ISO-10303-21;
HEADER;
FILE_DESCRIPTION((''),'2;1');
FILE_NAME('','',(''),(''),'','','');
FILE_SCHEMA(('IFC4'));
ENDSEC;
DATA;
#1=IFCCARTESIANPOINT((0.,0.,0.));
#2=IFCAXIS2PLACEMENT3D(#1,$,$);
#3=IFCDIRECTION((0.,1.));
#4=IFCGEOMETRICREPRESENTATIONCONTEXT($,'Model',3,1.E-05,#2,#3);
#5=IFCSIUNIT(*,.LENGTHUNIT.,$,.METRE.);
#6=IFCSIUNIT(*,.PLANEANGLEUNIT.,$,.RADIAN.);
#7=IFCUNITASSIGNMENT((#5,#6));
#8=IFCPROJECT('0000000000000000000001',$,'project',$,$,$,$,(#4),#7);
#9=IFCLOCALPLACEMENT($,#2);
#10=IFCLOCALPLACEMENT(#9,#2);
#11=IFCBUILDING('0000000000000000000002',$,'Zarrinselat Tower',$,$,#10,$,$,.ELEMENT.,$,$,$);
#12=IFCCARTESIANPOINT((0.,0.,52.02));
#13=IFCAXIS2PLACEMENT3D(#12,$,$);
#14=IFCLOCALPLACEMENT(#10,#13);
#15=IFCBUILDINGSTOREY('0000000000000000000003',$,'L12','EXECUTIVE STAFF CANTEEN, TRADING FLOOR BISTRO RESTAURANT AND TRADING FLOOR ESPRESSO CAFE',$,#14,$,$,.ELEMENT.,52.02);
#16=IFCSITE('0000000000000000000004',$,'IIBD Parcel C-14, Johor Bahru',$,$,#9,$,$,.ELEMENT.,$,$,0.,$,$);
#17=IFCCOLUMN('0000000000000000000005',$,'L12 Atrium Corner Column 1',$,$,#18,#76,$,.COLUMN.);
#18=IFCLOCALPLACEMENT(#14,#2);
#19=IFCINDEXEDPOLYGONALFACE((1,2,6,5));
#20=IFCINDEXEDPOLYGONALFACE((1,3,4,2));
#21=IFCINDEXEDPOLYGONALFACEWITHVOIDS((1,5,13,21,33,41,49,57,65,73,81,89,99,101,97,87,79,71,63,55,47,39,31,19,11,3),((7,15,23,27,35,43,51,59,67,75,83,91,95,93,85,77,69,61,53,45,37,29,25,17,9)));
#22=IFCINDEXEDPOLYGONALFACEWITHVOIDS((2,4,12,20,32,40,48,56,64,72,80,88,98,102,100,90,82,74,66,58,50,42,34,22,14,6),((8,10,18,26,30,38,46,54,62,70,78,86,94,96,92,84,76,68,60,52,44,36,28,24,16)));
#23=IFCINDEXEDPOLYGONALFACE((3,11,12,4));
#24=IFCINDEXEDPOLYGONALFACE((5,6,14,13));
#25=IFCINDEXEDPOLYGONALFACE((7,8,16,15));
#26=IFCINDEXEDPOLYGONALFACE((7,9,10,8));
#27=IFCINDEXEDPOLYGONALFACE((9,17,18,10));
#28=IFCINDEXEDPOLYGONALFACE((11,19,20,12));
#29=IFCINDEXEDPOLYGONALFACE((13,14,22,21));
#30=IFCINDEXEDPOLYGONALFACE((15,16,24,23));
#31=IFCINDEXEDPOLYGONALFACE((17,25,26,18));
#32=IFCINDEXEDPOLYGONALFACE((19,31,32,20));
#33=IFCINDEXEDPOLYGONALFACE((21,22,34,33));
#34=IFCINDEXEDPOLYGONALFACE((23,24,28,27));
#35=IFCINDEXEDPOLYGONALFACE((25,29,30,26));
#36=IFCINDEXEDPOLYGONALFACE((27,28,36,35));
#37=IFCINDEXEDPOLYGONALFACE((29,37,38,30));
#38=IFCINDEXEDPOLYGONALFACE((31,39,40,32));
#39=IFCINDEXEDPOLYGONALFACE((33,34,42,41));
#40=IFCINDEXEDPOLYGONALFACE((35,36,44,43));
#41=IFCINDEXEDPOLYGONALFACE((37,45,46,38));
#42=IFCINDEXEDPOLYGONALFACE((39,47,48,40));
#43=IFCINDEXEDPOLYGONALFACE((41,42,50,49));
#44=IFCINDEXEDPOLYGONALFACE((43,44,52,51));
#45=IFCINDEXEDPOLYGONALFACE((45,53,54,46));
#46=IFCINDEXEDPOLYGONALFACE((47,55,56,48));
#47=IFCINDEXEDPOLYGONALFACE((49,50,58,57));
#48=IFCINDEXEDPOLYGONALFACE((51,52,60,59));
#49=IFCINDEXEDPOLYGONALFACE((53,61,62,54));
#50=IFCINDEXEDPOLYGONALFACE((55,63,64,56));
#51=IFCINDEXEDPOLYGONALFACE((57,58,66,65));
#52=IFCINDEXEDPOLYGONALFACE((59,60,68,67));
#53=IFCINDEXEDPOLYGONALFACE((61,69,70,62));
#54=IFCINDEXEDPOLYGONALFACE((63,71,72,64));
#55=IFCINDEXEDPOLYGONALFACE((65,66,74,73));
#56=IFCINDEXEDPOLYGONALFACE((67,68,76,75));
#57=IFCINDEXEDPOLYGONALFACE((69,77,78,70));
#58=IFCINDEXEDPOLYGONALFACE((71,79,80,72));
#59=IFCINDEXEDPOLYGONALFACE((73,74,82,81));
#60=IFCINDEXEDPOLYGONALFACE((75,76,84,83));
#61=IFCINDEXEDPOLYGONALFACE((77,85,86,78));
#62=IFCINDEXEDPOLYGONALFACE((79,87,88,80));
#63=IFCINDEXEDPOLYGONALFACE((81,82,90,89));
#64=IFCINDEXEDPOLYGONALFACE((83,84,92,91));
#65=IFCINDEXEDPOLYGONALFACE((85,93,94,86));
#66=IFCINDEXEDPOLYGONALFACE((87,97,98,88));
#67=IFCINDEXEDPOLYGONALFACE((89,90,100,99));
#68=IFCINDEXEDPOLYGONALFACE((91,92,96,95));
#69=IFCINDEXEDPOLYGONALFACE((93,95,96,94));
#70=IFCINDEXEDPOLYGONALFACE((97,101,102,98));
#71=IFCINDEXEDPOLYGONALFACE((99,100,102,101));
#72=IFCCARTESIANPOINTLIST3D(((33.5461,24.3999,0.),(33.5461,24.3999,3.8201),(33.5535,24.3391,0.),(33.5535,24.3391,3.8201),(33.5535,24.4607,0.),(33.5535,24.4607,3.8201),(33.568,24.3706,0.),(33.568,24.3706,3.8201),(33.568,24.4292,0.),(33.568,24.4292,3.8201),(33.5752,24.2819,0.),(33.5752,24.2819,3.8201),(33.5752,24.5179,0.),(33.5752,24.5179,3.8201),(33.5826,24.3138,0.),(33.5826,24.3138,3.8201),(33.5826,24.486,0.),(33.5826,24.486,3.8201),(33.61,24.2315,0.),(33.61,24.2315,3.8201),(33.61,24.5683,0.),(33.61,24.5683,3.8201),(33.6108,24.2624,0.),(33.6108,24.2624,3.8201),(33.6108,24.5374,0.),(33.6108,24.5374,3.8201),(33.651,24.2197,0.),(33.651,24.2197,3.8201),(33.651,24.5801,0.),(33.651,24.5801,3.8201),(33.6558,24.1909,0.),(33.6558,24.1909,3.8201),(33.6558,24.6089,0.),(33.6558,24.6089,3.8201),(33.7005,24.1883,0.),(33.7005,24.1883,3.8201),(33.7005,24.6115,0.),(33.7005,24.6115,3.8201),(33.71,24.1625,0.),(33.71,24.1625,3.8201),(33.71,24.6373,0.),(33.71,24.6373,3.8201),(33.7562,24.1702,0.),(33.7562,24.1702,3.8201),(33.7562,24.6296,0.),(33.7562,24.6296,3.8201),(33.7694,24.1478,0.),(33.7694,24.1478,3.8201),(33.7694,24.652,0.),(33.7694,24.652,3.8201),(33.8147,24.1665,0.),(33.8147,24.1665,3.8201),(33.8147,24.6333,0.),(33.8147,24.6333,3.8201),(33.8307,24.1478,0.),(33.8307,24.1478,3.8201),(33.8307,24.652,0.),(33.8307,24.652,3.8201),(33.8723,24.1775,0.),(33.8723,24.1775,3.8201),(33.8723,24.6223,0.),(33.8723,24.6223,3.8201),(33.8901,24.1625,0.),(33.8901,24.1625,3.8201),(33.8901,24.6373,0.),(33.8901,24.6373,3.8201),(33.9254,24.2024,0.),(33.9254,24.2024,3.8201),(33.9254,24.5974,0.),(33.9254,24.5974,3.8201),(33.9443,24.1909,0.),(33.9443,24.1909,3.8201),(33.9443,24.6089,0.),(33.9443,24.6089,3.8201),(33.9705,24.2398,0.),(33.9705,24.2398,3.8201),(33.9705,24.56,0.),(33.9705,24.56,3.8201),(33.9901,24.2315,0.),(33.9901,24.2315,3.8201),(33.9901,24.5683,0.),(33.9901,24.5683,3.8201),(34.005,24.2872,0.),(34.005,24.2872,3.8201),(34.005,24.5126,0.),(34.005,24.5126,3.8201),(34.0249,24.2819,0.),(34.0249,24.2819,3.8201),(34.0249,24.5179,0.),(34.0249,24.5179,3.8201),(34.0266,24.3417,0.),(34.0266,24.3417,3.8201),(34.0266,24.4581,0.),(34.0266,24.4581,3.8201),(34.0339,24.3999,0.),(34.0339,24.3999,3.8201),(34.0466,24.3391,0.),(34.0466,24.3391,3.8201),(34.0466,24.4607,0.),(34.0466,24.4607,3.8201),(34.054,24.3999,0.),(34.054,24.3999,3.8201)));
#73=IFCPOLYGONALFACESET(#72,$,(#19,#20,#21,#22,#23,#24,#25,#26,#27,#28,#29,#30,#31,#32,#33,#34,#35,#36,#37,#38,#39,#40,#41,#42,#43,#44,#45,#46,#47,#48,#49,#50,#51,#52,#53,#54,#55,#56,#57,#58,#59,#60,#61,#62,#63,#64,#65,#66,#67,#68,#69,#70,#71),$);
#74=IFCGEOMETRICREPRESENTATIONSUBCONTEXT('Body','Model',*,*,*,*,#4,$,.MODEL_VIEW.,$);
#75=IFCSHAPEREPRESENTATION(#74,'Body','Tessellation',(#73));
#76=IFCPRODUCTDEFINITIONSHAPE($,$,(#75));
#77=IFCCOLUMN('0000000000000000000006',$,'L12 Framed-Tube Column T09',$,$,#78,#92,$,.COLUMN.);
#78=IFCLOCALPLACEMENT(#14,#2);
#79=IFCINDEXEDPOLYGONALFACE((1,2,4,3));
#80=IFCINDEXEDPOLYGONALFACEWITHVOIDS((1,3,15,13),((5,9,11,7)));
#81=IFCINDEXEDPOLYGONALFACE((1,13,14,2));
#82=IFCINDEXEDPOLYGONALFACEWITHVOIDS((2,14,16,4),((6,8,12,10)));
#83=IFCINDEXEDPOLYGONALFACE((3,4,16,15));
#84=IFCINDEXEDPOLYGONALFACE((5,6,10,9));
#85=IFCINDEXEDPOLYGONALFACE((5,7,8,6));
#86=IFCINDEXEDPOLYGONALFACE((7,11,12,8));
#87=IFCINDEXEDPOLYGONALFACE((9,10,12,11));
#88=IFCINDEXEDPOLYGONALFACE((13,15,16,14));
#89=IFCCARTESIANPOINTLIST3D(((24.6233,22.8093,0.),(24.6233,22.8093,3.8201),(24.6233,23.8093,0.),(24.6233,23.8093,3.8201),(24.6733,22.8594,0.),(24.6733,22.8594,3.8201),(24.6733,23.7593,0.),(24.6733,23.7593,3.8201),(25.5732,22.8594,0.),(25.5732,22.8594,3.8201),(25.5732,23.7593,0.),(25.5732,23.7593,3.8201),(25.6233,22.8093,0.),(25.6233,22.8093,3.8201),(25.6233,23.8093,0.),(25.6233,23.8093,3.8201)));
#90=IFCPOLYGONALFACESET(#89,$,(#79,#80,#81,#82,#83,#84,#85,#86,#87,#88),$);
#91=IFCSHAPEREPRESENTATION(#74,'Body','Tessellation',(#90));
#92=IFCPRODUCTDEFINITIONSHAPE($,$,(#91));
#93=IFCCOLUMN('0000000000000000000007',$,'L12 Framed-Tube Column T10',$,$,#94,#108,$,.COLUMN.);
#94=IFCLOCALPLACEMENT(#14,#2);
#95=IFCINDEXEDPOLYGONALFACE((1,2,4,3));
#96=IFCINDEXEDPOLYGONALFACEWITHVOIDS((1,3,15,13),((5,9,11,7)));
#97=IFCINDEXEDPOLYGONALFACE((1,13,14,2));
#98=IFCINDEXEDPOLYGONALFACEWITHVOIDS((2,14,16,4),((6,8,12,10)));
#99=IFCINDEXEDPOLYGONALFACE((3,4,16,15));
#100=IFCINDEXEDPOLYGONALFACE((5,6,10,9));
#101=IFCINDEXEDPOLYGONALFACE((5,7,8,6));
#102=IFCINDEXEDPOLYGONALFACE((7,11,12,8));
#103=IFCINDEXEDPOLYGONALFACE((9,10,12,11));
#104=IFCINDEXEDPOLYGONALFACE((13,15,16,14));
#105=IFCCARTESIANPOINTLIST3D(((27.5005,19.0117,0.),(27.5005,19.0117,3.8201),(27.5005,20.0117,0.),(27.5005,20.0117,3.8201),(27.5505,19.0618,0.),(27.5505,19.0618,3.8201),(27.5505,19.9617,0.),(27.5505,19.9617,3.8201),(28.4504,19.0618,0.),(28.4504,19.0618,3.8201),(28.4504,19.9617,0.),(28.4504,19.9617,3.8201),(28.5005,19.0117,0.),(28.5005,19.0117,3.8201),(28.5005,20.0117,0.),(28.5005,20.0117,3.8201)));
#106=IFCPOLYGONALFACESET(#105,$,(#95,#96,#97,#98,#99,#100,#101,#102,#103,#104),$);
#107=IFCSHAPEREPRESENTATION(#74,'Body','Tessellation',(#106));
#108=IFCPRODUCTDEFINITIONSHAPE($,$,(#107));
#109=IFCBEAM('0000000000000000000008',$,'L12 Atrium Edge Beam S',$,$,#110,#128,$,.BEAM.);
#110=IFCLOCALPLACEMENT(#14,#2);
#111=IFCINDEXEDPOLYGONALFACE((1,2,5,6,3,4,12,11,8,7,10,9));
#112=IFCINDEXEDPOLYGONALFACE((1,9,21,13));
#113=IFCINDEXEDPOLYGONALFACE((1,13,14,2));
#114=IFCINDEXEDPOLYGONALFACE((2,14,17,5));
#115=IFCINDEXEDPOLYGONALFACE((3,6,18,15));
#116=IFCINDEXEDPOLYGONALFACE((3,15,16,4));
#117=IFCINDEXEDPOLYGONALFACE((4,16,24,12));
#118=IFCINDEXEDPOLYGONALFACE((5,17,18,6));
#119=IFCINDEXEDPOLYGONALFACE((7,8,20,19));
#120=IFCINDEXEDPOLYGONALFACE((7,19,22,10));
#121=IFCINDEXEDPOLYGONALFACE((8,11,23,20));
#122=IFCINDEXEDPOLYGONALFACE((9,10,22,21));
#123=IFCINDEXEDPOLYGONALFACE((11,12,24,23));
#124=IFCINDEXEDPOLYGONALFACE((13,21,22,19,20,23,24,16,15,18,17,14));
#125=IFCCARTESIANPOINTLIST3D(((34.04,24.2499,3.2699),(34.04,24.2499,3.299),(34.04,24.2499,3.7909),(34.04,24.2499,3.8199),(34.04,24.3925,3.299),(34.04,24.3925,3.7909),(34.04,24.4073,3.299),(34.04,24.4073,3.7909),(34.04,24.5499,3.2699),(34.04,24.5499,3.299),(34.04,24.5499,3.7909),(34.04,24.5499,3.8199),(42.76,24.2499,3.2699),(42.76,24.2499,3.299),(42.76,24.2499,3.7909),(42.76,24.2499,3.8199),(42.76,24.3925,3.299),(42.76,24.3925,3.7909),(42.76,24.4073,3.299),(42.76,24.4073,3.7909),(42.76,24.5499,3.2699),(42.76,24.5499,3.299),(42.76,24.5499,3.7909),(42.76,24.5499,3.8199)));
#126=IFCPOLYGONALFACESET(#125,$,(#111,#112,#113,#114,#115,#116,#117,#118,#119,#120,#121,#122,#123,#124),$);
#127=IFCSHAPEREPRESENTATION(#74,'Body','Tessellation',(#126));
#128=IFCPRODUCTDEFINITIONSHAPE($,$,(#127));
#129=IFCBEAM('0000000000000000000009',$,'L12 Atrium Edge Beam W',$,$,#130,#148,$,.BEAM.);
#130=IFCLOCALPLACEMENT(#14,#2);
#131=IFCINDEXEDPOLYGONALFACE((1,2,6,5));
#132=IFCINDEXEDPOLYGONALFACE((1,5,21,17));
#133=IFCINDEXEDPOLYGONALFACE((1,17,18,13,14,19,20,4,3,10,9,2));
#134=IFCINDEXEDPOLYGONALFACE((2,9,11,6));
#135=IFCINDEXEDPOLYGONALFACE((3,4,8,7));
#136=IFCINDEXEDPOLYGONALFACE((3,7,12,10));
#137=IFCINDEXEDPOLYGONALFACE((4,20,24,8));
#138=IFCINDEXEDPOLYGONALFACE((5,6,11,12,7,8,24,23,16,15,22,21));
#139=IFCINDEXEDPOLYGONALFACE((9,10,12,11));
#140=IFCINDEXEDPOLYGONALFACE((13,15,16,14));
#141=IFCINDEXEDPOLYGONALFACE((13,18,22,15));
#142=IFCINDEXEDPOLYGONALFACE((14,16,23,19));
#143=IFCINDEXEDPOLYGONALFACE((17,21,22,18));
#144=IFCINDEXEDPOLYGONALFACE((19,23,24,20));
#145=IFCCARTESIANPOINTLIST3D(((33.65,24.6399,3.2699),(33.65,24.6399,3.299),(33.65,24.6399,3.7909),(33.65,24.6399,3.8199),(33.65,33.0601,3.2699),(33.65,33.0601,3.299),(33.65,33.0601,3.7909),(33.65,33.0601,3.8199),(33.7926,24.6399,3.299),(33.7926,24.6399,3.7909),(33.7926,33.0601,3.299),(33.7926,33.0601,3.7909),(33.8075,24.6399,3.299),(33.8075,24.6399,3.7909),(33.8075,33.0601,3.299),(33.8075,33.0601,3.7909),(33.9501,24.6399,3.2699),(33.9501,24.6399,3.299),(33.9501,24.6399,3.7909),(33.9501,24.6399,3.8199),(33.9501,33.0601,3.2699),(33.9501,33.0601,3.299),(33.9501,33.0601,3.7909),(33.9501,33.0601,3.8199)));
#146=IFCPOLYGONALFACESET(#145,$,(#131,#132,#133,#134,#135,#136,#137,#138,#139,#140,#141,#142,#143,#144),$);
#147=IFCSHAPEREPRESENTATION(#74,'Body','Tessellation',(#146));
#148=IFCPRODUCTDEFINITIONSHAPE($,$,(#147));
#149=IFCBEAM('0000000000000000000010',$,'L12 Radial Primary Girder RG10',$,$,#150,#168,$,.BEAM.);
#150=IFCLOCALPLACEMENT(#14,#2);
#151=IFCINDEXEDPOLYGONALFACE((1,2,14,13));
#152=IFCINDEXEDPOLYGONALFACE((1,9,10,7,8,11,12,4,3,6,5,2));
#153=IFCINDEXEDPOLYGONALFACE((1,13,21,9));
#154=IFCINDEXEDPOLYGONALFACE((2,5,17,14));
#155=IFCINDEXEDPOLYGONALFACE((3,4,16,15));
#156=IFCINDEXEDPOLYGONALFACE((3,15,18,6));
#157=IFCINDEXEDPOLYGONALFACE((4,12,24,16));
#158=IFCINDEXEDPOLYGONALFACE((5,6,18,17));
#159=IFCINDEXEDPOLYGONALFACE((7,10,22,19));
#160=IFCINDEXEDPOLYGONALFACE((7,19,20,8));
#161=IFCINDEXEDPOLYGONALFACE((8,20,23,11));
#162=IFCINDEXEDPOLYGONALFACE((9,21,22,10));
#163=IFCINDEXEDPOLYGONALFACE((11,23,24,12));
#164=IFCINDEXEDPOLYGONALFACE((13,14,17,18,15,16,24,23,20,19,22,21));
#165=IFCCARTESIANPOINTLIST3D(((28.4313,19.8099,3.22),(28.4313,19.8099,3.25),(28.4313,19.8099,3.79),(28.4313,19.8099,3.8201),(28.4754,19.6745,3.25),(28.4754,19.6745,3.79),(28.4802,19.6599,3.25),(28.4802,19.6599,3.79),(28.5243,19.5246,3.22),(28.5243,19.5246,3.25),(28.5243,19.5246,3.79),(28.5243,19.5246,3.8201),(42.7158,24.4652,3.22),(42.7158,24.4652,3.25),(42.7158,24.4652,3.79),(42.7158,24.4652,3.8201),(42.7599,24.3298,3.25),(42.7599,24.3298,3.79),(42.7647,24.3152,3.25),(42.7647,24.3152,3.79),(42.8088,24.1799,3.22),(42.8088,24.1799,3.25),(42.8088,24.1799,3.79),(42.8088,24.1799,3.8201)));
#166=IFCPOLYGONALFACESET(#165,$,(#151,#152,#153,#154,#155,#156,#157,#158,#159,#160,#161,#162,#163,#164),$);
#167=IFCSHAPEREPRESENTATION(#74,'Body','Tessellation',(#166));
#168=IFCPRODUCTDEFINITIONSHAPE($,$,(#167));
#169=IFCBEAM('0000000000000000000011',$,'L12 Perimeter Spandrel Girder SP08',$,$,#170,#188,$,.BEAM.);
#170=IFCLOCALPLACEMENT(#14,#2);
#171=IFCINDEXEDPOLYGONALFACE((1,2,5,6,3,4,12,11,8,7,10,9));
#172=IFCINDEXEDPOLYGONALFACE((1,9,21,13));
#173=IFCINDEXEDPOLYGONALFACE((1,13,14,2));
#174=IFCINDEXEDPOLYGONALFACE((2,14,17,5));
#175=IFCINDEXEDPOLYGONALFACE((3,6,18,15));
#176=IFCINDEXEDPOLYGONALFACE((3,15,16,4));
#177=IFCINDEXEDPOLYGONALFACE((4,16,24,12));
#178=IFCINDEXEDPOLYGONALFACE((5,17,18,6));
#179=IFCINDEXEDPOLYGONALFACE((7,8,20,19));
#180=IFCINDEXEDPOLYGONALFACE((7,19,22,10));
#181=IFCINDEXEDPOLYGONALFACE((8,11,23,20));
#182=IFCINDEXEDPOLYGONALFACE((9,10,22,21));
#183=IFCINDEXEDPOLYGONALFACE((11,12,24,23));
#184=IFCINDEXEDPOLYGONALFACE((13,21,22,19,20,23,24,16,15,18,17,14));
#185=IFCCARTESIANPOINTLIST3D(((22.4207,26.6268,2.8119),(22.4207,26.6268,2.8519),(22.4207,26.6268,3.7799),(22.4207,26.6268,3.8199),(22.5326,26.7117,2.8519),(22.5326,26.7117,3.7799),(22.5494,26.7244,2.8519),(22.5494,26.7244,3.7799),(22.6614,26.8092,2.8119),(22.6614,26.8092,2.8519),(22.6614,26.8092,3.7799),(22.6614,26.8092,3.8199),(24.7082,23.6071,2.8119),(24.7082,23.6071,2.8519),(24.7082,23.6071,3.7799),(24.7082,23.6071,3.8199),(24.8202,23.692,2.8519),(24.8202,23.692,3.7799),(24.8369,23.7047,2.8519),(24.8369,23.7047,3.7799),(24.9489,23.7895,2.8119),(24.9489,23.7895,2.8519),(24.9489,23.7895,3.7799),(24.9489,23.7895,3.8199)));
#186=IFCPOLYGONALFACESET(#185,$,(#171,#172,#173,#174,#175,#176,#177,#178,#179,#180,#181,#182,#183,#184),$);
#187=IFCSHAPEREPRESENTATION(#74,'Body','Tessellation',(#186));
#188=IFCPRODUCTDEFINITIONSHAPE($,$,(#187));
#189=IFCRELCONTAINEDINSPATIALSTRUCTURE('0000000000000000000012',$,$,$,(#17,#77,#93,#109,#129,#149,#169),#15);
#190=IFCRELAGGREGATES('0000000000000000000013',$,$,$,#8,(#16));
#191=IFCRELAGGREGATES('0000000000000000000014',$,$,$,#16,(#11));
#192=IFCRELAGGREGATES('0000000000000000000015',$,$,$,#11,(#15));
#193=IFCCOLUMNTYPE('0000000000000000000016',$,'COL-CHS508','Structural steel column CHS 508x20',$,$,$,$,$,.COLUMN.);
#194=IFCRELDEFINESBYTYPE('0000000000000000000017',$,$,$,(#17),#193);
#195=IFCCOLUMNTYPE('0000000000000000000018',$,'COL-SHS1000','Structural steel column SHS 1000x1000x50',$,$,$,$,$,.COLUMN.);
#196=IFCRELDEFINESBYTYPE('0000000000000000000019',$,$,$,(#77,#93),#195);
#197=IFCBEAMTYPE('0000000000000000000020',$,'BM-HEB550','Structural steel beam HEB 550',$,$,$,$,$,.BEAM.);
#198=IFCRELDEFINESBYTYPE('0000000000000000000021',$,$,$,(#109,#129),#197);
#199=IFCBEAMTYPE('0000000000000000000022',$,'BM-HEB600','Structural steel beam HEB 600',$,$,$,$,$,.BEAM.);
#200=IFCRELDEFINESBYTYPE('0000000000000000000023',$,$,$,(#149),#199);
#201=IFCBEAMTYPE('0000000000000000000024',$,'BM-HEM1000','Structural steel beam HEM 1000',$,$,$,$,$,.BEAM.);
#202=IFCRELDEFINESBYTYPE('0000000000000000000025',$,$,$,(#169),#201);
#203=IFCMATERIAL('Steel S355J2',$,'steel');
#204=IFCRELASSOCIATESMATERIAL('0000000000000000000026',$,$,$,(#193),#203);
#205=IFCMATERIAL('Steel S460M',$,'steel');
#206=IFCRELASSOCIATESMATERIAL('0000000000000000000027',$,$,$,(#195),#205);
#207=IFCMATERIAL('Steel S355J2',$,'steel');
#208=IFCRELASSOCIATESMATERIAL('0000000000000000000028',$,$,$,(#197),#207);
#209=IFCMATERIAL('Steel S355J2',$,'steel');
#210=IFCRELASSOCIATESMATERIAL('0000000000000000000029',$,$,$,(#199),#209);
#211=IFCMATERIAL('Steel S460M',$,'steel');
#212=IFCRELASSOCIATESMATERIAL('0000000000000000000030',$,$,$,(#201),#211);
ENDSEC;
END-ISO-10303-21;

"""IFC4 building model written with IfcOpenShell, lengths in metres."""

from ifc_helpers import new_model, si_unit, direction, frame, origin, origin_2d, place, context, subcontext, project, spatial, hollow_rectangle, hollow_circle, i_section, extrude, material, material_profile, profile_set, type_object, element, save


model = new_model("IFC4")

# Units and contexts
model_context = context("Model", 3, precision=1e-05, world=origin(), true_north=direction((0.0, 1.0)))
body_context = subcontext(model_context, "Body", "Model", "MODEL_VIEW")
ifc_project = project(units=[si_unit("LENGTHUNIT", "METRE"), si_unit("PLANEANGLEUNIT", "RADIAN")], contexts=[model_context])

# Site, building, storey
site_placement = place(None, origin())
site = spatial("IfcSite", under=ifc_project, at=site_placement, Name="IIBD Parcel C-14, Johor Bahru", CompositionType="ELEMENT", RefElevation=0.0)
building_placement = place(site_placement, origin())
building = spatial("IfcBuilding", under=site, at=building_placement, Name="Zarrinselat Tower", CompositionType="ELEMENT")
storey_placement = place(building_placement, frame((0.0, 0.0, 52.02)))
storey = spatial("IfcBuildingStorey", under=building, at=storey_placement, Name="L12", Description="EXECUTIVE STAFF CANTEEN, TRADING FLOOR BISTRO RESTAURANT AND TRADING FLOOR ESPRESSO CAFE", CompositionType="ELEMENT", Elevation=52.02)

# Columns
ifc_material_1 = material(Name="Steel S355J2", Category="steel")
ifc_material_profile_1 = material_profile(ifc_material_1, hollow_circle(Radius=0.2539, WallThickness=0.02, at=origin_2d()), Name="CHS 508x20")
ifc_profile_set_1 = profile_set([ifc_material_profile_1], Name="Steel S355J2")
column_type_1 = type_object("IfcColumnType", Name="COL-CHS508", Description="Structural steel column CHS 508x20", PredefinedType="COLUMN", material=ifc_profile_set_1)
column_placement = place(storey_placement, frame((33.8, 24.3999, 0.0), z_axis=(0.0, 0.0, 1.0), x_axis=(1.0, 0.0, 0.0)))
element("IfcColumn", 1, at=column_placement, inside=storey, type_object=column_type_1, Name="L12 Atrium Corner Column 1", PredefinedType="COLUMN", context=body_context, shape_type="SweptSolid", body=[
    extrude(hollow_circle(Radius=0.2539, WallThickness=0.02, at=origin_2d()), origin(), (0.0, 0.0, 1.0), 3.8201),
])
ifc_material_2 = material(Name="Steel S460M", Category="steel")
ifc_material_profile_2 = material_profile(ifc_material_2, hollow_rectangle(XDim=1.0, YDim=1.0, WallThickness=0.05, at=origin_2d()), Name="SHS 1000x1000x50")
ifc_profile_set_2 = profile_set([ifc_material_profile_2], Name="Steel S460M")
column_type_2 = type_object("IfcColumnType", Name="COL-SHS1000", Description="Structural steel column SHS 1000x1000x50", PredefinedType="COLUMN", material=ifc_profile_set_2)
for number, where, z_axis, x_axis, name in (
    (2, (25.1233, 23.3093, 0.0), (0.0, 0.0, 1.0), (1.0, 0.0, 0.0), "L12 Framed-Tube Column T09"),
    (3, (28.0005, 19.5117, 0.0), (0.0, 0.0, 1.0), (1.0, 0.0, 0.0), "L12 Framed-Tube Column T10"),
):
    element("IfcColumn", number, at=place(storey_placement, frame(where, z_axis=z_axis, x_axis=x_axis)), inside=storey, type_object=column_type_2, Name=name, PredefinedType="COLUMN", context=body_context, shape_type="SweptSolid", body=[
        extrude(hollow_rectangle(XDim=1.0, YDim=1.0, WallThickness=0.05, at=origin_2d()), origin(), (0.0, 0.0, 1.0), 3.8201),
    ])

# Beams
ifc_material_3 = material(Name="Steel S355J2", Category="steel")
ifc_material_profile_3 = material_profile(ifc_material_3, i_section(OverallWidth=0.3, OverallDepth=0.55, WebThickness=0.0149, FlangeThickness=0.0291, at=origin_2d()), Name="HEB 550")
ifc_profile_set_3 = profile_set([ifc_material_profile_3], Name="Steel S355J2")
beam_type_1 = type_object("IfcBeamType", Name="BM-HEB550", Description="Structural steel beam HEB 550", PredefinedType="BEAM", material=ifc_profile_set_3)
beam_1_placement = place(storey_placement, frame((34.04, 24.3999, 3.5449), z_axis=(1.0, 0.0, 0.0), x_axis=(0.0, 1.0, 0.0)))
element("IfcBeam", 4, at=beam_1_placement, inside=storey, type_object=beam_type_1, Name="L12 Atrium Edge Beam S", PredefinedType="BEAM", context=body_context, shape_type="SweptSolid", body=[
    extrude(i_section(OverallWidth=0.3, OverallDepth=0.55, WebThickness=0.0149, FlangeThickness=0.0291, at=origin_2d()), origin(), (0.0, 0.0, 1.0), 8.72),
])
beam_2_placement = place(storey_placement, frame((33.8, 24.6399, 3.5449), z_axis=(0.0, 1.0, 0.0), x_axis=(-1.0, 0.0, 0.0)))
element("IfcBeam", 5, at=beam_2_placement, inside=storey, type_object=beam_type_1, Name="L12 Atrium Edge Beam W", PredefinedType="BEAM", context=body_context, shape_type="SweptSolid", body=[
    extrude(i_section(OverallWidth=0.3, OverallDepth=0.55, WebThickness=0.0149, FlangeThickness=0.0291, at=origin_2d()), origin(), (0.0, 0.0, 1.0), 8.4202),
])
ifc_material_4 = material(Name="Steel S355J2", Category="steel")
ifc_material_profile_4 = material_profile(ifc_material_4, i_section(OverallWidth=0.3, OverallDepth=0.6001, WebThickness=0.0154, FlangeThickness=0.03, at=origin_2d()), Name="HEB 600")
ifc_profile_set_4 = profile_set([ifc_material_profile_4], Name="Steel S355J2")
beam_type_2 = type_object("IfcBeamType", Name="BM-HEB600", Description="Structural steel beam HEB 600", PredefinedType="BEAM", material=ifc_profile_set_4)
beam_3_placement = place(storey_placement, frame((28.4778, 19.6672, 3.52), z_axis=(0.950783, 0.309859, 0.0), x_axis=(-0.309859, 0.950783, 0.0)))
element("IfcBeam", 6, at=beam_3_placement, inside=storey, type_object=beam_type_2, Name="L12 Radial Primary Girder RG10", PredefinedType="BEAM", context=body_context, shape_type="SweptSolid", body=[
    extrude(i_section(OverallWidth=0.3, OverallDepth=0.6001, WebThickness=0.0154, FlangeThickness=0.03, at=origin_2d()), origin(), (0.0, 0.0, 1.0), 15.0239),
])
ifc_material_5 = material(Name="Steel S460M", Category="steel")
ifc_material_profile_5 = material_profile(ifc_material_5, i_section(OverallWidth=0.302, OverallDepth=1.0081, WebThickness=0.021, FlangeThickness=0.04, at=origin_2d()), Name="HEM 1000")
ifc_profile_set_5 = profile_set([ifc_material_profile_5], Name="Steel S460M")
beam_type_3 = type_object("IfcBeamType", Name="BM-HEM1000", Description="Structural steel beam HEM 1000", PredefinedType="BEAM", material=ifc_profile_set_5)
for number, where, z_axis, x_axis, name in (
    (7, (22.541, 26.718, 3.3159), (0.603839, -0.797106, 0.0), (0.797106, 0.603839, 0.0), "L12 Perimeter Spandrel Girder SP08"),
):
    element("IfcBeam", number, at=place(storey_placement, frame(where, z_axis=z_axis, x_axis=x_axis)), inside=storey, type_object=beam_type_3, Name=name, PredefinedType="BEAM", context=body_context, shape_type="SweptSolid", body=[
        extrude(i_section(OverallWidth=0.302, OverallDepth=1.0081, WebThickness=0.021, FlangeThickness=0.04, at=origin_2d()), origin(), (0.0, 0.0, 1.0), 3.7883),
    ])

save(model, "model.ifc")
